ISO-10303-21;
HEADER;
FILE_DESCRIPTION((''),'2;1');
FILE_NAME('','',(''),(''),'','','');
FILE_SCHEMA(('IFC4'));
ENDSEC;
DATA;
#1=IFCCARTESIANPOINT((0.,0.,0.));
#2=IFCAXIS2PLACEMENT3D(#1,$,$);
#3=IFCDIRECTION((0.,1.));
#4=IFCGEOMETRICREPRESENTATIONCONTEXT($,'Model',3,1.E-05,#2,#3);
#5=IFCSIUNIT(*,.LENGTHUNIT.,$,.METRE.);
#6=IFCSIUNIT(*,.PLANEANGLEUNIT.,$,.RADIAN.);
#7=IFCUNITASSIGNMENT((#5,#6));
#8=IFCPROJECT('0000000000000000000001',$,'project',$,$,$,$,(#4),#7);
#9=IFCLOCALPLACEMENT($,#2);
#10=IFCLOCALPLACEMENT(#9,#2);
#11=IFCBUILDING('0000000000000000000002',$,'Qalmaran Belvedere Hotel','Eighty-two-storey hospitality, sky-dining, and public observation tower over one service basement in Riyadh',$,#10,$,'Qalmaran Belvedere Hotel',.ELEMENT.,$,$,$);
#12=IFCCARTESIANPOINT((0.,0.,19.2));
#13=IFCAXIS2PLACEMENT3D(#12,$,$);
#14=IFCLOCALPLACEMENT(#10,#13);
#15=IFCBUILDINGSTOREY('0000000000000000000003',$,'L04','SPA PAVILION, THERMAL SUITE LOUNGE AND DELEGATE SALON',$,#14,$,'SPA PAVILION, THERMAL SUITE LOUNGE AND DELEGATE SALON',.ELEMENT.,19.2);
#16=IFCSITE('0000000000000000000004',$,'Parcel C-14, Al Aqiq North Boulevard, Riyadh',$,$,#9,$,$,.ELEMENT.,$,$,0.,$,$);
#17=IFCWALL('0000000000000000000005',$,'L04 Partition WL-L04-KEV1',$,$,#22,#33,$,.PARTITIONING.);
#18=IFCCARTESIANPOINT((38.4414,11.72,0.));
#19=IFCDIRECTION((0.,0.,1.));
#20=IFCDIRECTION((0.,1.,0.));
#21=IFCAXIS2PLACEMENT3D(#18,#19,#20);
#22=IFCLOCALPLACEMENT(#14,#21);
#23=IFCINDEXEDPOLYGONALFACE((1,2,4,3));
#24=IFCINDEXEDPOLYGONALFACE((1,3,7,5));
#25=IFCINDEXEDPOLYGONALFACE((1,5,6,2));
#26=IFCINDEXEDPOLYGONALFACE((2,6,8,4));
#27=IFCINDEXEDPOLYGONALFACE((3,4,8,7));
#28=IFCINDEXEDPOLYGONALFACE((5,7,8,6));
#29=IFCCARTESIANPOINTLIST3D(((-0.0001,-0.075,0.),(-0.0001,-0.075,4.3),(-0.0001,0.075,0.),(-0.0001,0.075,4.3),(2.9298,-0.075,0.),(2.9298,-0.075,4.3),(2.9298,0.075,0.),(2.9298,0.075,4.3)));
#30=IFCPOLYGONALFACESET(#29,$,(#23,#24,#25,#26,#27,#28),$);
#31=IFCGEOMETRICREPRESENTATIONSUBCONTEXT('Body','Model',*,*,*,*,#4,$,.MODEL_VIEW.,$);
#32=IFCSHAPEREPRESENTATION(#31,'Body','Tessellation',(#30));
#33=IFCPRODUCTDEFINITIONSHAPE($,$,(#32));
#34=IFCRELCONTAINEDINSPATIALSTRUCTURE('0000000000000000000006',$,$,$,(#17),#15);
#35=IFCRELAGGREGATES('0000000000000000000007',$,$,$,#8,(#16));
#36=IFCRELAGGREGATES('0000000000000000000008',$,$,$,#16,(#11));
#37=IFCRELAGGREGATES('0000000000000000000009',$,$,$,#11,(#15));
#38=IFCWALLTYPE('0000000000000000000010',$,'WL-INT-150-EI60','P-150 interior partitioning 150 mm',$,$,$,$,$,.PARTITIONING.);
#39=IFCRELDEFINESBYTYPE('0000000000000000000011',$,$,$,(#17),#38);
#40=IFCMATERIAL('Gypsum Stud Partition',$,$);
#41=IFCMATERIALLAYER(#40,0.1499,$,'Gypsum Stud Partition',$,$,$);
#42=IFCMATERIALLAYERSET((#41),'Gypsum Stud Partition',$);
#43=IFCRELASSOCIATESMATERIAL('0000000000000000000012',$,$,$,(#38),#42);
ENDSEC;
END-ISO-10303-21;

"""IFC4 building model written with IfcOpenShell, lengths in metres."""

from ifc_helpers import new_model, si_unit, direction, frame, frame_2d, origin, place, context, subcontext, project, spatial, rectangle, extrude, material, layer, layer_set, type_object, element, save


model = new_model("IFC4")

# Units and contexts
model_context = context("Model", 3, precision=1e-05, world=origin(), true_north=direction((0.0, 1.0)))
body_context = subcontext(model_context, "Body", "Model", "MODEL_VIEW")
ifc_project = project(units=[si_unit("LENGTHUNIT", "METRE"), si_unit("PLANEANGLEUNIT", "RADIAN")], contexts=[model_context])

# Site, building, storey
site_placement = place(None, origin())
site = spatial("IfcSite", under=ifc_project, at=site_placement, Name="Parcel C-14, Al Aqiq North Boulevard, Riyadh", CompositionType="ELEMENT", RefElevation=0.0)
building_placement = place(site_placement, origin())
building = spatial("IfcBuilding", under=site, at=building_placement, Name="Qalmaran Belvedere Hotel", Description="Eighty-two-storey hospitality, sky-dining, and public observation tower over one service basement in Riyadh", LongName="Qalmaran Belvedere Hotel", CompositionType="ELEMENT")
storey_placement = place(building_placement, frame((0.0, 0.0, 19.2)))
storey = spatial("IfcBuildingStorey", under=building, at=storey_placement, Name="L04", Description="SPA PAVILION, THERMAL SUITE LOUNGE AND DELEGATE SALON", LongName="SPA PAVILION, THERMAL SUITE LOUNGE AND DELEGATE SALON", CompositionType="ELEMENT", Elevation=19.2)

# Wall
ifc_material_1 = material(Name="Gypsum Stud Partition")
ifc_layer_1 = layer(ifc_material_1, 0.1499, Name="Gypsum Stud Partition")
ifc_layer_set_1 = layer_set([ifc_layer_1], Name="Gypsum Stud Partition")
wall_type_1 = type_object("IfcWallType", Name="WL-INT-150-EI60", Description="P-150 interior partitioning 150 mm", PredefinedType="PARTITIONING", material=ifc_layer_set_1)
wall_1_placement = place(storey_placement, frame((38.4414, 11.72, 0.0), z_axis=(0.0, 0.0, 1.0), x_axis=(0.0, 1.0, 0.0)))
element("IfcWall", 1, at=wall_1_placement, inside=storey, type_object=wall_type_1, Name="L04 Partition WL-L04-KEV1", PredefinedType="PARTITIONING", context=body_context, shape_type="SweptSolid", body=[
    extrude(rectangle(XDim=2.9299, YDim=0.1499, at=frame_2d((1.4648, 0.0))), origin(), (0.0, 0.0, 1.0), 4.3),
])

save(model, "model.ifc")
